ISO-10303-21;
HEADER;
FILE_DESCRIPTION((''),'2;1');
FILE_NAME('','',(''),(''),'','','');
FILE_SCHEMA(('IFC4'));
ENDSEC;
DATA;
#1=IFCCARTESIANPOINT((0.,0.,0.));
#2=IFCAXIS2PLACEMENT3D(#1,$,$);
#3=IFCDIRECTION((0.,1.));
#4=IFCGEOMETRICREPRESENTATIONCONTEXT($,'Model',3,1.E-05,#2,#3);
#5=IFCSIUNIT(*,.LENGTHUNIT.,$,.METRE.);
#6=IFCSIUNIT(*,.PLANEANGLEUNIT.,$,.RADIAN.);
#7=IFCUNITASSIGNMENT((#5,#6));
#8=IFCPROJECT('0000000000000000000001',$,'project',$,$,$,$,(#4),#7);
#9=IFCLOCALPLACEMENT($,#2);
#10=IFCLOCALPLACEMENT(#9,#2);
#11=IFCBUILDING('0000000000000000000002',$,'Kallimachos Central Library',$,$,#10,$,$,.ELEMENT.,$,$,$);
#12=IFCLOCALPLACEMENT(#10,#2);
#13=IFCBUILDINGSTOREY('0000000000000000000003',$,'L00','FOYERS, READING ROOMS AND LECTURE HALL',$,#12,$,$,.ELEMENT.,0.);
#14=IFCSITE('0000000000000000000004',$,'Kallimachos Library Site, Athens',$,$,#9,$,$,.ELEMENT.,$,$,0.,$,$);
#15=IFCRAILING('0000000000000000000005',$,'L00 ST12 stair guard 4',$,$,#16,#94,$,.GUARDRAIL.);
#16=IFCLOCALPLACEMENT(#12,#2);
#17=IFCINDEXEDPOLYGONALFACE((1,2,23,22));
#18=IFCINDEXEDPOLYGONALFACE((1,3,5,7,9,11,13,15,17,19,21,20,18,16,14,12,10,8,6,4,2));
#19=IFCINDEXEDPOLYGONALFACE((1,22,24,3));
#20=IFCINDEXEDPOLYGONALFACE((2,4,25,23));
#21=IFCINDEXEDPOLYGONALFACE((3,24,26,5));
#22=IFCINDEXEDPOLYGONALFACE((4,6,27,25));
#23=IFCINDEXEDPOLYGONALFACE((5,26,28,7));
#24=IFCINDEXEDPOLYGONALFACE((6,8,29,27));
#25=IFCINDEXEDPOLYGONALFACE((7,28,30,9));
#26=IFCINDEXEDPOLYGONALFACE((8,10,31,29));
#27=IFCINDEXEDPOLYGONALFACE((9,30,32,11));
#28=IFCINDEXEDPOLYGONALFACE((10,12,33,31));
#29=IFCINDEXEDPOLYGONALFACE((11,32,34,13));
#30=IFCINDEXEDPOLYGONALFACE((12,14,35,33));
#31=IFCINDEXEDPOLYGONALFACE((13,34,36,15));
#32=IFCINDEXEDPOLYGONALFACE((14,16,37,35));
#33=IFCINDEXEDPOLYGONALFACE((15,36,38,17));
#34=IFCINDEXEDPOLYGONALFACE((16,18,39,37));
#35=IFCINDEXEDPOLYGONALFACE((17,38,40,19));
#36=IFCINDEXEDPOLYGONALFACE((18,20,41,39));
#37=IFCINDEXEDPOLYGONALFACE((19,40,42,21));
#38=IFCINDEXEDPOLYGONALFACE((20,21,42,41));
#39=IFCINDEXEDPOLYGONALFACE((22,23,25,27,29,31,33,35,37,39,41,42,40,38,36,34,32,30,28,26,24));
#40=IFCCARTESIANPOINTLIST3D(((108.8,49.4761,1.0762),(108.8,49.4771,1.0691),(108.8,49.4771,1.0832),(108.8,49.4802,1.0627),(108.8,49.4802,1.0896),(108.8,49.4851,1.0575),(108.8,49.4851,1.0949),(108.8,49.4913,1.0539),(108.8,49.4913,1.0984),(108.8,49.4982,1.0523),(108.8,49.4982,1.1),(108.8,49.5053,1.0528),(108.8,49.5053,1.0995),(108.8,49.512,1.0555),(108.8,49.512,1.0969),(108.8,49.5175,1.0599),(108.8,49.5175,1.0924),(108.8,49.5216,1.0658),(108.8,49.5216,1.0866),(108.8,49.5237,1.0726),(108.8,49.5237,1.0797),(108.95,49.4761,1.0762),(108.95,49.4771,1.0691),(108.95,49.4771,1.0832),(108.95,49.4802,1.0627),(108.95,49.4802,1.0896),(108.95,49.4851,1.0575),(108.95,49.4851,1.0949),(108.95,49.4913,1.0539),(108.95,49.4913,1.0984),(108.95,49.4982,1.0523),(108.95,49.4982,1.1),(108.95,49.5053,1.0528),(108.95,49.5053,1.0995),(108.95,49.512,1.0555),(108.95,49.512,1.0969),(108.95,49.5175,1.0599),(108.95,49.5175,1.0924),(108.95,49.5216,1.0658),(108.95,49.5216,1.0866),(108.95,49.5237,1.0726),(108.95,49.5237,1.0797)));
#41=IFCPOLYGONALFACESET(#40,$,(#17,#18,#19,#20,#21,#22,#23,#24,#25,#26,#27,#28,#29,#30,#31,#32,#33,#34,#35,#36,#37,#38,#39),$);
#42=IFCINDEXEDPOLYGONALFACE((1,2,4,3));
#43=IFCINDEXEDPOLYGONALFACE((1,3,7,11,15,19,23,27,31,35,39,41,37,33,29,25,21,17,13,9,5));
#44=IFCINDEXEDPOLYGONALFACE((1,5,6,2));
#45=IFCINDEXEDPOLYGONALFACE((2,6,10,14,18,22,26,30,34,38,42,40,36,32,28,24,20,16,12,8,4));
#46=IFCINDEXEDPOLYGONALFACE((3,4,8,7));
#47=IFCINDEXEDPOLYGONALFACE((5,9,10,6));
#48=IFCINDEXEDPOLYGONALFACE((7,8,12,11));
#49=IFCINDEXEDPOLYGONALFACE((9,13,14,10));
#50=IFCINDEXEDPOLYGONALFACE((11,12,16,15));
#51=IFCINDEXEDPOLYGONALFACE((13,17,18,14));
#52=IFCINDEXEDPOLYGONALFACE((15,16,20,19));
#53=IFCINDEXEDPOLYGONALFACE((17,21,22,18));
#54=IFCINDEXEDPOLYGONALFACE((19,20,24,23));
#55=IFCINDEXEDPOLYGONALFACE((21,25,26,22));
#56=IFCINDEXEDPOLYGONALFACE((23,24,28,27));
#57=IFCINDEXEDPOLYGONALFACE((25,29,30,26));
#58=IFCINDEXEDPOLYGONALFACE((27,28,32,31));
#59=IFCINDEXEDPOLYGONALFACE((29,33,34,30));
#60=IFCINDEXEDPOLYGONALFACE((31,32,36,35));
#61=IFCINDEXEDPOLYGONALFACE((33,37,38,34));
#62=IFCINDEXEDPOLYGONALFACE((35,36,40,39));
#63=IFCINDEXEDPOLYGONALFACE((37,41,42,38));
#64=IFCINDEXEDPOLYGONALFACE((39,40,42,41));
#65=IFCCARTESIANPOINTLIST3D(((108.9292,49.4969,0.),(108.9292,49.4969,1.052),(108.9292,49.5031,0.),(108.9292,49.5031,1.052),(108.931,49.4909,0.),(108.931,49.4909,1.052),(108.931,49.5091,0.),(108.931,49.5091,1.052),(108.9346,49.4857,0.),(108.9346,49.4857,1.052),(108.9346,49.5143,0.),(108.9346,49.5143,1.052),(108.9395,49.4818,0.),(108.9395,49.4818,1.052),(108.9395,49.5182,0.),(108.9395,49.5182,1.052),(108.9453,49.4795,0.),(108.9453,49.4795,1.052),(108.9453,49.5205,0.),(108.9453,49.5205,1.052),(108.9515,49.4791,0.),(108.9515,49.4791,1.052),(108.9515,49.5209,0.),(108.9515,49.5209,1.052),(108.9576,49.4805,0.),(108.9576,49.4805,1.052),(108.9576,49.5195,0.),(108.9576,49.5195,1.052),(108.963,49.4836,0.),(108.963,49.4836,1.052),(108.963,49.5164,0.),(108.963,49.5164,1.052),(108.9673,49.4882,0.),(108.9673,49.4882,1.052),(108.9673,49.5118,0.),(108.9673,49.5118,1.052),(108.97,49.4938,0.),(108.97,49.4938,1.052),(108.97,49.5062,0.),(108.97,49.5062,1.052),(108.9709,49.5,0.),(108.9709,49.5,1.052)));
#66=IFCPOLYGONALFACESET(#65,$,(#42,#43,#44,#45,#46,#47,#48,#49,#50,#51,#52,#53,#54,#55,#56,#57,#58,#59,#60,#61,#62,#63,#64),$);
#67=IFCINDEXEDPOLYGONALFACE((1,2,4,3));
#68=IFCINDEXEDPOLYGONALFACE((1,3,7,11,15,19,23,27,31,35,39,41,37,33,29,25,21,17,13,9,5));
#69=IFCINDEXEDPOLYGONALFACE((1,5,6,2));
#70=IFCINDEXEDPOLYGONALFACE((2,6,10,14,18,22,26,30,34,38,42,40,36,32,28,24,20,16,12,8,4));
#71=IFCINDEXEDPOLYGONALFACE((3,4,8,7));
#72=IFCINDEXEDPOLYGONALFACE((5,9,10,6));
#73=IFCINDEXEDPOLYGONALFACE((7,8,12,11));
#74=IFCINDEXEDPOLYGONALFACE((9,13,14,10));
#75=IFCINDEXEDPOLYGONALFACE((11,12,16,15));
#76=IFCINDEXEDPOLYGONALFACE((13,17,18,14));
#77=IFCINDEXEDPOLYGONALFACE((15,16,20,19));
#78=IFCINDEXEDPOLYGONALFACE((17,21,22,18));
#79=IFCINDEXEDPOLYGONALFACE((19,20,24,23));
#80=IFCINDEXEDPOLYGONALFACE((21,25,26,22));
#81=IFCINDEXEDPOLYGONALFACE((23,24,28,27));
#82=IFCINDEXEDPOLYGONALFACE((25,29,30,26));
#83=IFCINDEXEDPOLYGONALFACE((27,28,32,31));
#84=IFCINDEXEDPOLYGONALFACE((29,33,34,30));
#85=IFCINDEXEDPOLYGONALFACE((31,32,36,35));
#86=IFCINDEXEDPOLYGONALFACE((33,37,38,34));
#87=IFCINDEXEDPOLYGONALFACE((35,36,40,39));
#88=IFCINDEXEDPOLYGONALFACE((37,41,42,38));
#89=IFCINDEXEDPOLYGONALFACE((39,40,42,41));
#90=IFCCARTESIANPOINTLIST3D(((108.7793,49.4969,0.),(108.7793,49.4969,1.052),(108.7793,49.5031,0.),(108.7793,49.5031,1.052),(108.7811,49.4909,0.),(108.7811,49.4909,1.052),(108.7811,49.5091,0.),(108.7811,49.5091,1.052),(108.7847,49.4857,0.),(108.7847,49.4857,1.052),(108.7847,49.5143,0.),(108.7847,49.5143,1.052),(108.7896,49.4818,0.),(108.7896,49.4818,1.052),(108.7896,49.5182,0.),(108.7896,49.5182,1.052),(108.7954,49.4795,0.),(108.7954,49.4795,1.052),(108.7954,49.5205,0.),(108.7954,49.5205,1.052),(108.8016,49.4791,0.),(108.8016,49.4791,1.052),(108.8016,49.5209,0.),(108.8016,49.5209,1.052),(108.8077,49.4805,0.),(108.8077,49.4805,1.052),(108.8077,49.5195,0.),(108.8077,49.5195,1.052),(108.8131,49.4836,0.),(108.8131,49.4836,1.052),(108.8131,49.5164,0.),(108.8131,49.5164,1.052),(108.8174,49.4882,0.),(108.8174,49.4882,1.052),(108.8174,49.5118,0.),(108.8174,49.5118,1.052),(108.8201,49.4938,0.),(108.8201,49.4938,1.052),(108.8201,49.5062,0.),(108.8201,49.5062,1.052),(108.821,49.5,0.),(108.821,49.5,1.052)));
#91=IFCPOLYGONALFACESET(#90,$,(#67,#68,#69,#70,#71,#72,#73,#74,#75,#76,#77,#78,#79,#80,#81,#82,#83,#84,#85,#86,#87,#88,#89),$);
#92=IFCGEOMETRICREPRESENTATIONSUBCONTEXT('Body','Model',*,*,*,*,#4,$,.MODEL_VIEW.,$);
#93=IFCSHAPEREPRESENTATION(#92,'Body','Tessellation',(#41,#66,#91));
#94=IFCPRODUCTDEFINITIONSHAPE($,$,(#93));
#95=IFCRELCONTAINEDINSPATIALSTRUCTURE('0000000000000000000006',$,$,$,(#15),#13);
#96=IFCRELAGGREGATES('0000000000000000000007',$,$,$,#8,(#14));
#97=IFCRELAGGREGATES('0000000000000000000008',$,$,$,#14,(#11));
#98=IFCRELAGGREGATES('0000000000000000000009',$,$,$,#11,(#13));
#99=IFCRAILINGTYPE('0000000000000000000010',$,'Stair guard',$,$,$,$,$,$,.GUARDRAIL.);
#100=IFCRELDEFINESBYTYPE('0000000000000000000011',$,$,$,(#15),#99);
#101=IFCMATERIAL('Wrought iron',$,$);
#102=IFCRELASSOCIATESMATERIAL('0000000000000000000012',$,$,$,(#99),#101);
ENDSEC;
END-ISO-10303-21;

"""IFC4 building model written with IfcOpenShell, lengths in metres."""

from ifc_helpers import new_model, si_unit, direction, frame, origin, origin_2d, place, context, subcontext, project, spatial, circle, extrude, material, type_object, element, save


model = new_model("IFC4")

# Units and contexts
model_context = context("Model", 3, precision=1e-05, world=origin(), true_north=direction((0.0, 1.0)))
body_context = subcontext(model_context, "Body", "Model", "MODEL_VIEW")
ifc_project = project(units=[si_unit("LENGTHUNIT", "METRE"), si_unit("PLANEANGLEUNIT", "RADIAN")], contexts=[model_context])

# Site, building, storey
site_placement = place(None, origin())
site = spatial("IfcSite", under=ifc_project, at=site_placement, Name="Kallimachos Library Site, Athens", CompositionType="ELEMENT", RefElevation=0.0)
building_placement = place(site_placement, origin())
building = spatial("IfcBuilding", under=site, at=building_placement, Name="Kallimachos Central Library", CompositionType="ELEMENT")
storey_placement = place(building_placement, origin())
storey = spatial("IfcBuildingStorey", under=building, at=storey_placement, Name="L00", Description="FOYERS, READING ROOMS AND LECTURE HALL", CompositionType="ELEMENT", Elevation=0.0)

# Railing
ifc_material_1 = material(Name="Wrought iron")
railing_type_1 = type_object("IfcRailingType", Name="Stair guard", PredefinedType="GUARDRAIL", material=ifc_material_1)
railing_1_placement = place(storey_placement, frame((108.95, 49.5, 0.0)))
element("IfcRailing", 1, at=railing_1_placement, inside=storey, type_object=railing_type_1, Name="L00 ST12 stair guard 4", PredefinedType="GUARDRAIL", context=body_context, shape_type="SweptSolid", body=[
    extrude(circle(Radius=0.0239, at=origin_2d()), frame((0.0, 0.0, 1.0762), z_axis=(-1.0, 0.0, 0.0), x_axis=(0.0, -1.0, 0.0)), (0.0, 0.0, 1.0), 0.1499),
    extrude(circle(Radius=0.021, at=origin_2d()), origin(), (0.0, 0.0, 1.0), 1.052),
    extrude(circle(Radius=0.021, at=origin_2d()), frame((-0.1499, 0.0, 0.0)), (0.0, 0.0, 1.0), 1.052),
])

save(model, "model.ifc")
